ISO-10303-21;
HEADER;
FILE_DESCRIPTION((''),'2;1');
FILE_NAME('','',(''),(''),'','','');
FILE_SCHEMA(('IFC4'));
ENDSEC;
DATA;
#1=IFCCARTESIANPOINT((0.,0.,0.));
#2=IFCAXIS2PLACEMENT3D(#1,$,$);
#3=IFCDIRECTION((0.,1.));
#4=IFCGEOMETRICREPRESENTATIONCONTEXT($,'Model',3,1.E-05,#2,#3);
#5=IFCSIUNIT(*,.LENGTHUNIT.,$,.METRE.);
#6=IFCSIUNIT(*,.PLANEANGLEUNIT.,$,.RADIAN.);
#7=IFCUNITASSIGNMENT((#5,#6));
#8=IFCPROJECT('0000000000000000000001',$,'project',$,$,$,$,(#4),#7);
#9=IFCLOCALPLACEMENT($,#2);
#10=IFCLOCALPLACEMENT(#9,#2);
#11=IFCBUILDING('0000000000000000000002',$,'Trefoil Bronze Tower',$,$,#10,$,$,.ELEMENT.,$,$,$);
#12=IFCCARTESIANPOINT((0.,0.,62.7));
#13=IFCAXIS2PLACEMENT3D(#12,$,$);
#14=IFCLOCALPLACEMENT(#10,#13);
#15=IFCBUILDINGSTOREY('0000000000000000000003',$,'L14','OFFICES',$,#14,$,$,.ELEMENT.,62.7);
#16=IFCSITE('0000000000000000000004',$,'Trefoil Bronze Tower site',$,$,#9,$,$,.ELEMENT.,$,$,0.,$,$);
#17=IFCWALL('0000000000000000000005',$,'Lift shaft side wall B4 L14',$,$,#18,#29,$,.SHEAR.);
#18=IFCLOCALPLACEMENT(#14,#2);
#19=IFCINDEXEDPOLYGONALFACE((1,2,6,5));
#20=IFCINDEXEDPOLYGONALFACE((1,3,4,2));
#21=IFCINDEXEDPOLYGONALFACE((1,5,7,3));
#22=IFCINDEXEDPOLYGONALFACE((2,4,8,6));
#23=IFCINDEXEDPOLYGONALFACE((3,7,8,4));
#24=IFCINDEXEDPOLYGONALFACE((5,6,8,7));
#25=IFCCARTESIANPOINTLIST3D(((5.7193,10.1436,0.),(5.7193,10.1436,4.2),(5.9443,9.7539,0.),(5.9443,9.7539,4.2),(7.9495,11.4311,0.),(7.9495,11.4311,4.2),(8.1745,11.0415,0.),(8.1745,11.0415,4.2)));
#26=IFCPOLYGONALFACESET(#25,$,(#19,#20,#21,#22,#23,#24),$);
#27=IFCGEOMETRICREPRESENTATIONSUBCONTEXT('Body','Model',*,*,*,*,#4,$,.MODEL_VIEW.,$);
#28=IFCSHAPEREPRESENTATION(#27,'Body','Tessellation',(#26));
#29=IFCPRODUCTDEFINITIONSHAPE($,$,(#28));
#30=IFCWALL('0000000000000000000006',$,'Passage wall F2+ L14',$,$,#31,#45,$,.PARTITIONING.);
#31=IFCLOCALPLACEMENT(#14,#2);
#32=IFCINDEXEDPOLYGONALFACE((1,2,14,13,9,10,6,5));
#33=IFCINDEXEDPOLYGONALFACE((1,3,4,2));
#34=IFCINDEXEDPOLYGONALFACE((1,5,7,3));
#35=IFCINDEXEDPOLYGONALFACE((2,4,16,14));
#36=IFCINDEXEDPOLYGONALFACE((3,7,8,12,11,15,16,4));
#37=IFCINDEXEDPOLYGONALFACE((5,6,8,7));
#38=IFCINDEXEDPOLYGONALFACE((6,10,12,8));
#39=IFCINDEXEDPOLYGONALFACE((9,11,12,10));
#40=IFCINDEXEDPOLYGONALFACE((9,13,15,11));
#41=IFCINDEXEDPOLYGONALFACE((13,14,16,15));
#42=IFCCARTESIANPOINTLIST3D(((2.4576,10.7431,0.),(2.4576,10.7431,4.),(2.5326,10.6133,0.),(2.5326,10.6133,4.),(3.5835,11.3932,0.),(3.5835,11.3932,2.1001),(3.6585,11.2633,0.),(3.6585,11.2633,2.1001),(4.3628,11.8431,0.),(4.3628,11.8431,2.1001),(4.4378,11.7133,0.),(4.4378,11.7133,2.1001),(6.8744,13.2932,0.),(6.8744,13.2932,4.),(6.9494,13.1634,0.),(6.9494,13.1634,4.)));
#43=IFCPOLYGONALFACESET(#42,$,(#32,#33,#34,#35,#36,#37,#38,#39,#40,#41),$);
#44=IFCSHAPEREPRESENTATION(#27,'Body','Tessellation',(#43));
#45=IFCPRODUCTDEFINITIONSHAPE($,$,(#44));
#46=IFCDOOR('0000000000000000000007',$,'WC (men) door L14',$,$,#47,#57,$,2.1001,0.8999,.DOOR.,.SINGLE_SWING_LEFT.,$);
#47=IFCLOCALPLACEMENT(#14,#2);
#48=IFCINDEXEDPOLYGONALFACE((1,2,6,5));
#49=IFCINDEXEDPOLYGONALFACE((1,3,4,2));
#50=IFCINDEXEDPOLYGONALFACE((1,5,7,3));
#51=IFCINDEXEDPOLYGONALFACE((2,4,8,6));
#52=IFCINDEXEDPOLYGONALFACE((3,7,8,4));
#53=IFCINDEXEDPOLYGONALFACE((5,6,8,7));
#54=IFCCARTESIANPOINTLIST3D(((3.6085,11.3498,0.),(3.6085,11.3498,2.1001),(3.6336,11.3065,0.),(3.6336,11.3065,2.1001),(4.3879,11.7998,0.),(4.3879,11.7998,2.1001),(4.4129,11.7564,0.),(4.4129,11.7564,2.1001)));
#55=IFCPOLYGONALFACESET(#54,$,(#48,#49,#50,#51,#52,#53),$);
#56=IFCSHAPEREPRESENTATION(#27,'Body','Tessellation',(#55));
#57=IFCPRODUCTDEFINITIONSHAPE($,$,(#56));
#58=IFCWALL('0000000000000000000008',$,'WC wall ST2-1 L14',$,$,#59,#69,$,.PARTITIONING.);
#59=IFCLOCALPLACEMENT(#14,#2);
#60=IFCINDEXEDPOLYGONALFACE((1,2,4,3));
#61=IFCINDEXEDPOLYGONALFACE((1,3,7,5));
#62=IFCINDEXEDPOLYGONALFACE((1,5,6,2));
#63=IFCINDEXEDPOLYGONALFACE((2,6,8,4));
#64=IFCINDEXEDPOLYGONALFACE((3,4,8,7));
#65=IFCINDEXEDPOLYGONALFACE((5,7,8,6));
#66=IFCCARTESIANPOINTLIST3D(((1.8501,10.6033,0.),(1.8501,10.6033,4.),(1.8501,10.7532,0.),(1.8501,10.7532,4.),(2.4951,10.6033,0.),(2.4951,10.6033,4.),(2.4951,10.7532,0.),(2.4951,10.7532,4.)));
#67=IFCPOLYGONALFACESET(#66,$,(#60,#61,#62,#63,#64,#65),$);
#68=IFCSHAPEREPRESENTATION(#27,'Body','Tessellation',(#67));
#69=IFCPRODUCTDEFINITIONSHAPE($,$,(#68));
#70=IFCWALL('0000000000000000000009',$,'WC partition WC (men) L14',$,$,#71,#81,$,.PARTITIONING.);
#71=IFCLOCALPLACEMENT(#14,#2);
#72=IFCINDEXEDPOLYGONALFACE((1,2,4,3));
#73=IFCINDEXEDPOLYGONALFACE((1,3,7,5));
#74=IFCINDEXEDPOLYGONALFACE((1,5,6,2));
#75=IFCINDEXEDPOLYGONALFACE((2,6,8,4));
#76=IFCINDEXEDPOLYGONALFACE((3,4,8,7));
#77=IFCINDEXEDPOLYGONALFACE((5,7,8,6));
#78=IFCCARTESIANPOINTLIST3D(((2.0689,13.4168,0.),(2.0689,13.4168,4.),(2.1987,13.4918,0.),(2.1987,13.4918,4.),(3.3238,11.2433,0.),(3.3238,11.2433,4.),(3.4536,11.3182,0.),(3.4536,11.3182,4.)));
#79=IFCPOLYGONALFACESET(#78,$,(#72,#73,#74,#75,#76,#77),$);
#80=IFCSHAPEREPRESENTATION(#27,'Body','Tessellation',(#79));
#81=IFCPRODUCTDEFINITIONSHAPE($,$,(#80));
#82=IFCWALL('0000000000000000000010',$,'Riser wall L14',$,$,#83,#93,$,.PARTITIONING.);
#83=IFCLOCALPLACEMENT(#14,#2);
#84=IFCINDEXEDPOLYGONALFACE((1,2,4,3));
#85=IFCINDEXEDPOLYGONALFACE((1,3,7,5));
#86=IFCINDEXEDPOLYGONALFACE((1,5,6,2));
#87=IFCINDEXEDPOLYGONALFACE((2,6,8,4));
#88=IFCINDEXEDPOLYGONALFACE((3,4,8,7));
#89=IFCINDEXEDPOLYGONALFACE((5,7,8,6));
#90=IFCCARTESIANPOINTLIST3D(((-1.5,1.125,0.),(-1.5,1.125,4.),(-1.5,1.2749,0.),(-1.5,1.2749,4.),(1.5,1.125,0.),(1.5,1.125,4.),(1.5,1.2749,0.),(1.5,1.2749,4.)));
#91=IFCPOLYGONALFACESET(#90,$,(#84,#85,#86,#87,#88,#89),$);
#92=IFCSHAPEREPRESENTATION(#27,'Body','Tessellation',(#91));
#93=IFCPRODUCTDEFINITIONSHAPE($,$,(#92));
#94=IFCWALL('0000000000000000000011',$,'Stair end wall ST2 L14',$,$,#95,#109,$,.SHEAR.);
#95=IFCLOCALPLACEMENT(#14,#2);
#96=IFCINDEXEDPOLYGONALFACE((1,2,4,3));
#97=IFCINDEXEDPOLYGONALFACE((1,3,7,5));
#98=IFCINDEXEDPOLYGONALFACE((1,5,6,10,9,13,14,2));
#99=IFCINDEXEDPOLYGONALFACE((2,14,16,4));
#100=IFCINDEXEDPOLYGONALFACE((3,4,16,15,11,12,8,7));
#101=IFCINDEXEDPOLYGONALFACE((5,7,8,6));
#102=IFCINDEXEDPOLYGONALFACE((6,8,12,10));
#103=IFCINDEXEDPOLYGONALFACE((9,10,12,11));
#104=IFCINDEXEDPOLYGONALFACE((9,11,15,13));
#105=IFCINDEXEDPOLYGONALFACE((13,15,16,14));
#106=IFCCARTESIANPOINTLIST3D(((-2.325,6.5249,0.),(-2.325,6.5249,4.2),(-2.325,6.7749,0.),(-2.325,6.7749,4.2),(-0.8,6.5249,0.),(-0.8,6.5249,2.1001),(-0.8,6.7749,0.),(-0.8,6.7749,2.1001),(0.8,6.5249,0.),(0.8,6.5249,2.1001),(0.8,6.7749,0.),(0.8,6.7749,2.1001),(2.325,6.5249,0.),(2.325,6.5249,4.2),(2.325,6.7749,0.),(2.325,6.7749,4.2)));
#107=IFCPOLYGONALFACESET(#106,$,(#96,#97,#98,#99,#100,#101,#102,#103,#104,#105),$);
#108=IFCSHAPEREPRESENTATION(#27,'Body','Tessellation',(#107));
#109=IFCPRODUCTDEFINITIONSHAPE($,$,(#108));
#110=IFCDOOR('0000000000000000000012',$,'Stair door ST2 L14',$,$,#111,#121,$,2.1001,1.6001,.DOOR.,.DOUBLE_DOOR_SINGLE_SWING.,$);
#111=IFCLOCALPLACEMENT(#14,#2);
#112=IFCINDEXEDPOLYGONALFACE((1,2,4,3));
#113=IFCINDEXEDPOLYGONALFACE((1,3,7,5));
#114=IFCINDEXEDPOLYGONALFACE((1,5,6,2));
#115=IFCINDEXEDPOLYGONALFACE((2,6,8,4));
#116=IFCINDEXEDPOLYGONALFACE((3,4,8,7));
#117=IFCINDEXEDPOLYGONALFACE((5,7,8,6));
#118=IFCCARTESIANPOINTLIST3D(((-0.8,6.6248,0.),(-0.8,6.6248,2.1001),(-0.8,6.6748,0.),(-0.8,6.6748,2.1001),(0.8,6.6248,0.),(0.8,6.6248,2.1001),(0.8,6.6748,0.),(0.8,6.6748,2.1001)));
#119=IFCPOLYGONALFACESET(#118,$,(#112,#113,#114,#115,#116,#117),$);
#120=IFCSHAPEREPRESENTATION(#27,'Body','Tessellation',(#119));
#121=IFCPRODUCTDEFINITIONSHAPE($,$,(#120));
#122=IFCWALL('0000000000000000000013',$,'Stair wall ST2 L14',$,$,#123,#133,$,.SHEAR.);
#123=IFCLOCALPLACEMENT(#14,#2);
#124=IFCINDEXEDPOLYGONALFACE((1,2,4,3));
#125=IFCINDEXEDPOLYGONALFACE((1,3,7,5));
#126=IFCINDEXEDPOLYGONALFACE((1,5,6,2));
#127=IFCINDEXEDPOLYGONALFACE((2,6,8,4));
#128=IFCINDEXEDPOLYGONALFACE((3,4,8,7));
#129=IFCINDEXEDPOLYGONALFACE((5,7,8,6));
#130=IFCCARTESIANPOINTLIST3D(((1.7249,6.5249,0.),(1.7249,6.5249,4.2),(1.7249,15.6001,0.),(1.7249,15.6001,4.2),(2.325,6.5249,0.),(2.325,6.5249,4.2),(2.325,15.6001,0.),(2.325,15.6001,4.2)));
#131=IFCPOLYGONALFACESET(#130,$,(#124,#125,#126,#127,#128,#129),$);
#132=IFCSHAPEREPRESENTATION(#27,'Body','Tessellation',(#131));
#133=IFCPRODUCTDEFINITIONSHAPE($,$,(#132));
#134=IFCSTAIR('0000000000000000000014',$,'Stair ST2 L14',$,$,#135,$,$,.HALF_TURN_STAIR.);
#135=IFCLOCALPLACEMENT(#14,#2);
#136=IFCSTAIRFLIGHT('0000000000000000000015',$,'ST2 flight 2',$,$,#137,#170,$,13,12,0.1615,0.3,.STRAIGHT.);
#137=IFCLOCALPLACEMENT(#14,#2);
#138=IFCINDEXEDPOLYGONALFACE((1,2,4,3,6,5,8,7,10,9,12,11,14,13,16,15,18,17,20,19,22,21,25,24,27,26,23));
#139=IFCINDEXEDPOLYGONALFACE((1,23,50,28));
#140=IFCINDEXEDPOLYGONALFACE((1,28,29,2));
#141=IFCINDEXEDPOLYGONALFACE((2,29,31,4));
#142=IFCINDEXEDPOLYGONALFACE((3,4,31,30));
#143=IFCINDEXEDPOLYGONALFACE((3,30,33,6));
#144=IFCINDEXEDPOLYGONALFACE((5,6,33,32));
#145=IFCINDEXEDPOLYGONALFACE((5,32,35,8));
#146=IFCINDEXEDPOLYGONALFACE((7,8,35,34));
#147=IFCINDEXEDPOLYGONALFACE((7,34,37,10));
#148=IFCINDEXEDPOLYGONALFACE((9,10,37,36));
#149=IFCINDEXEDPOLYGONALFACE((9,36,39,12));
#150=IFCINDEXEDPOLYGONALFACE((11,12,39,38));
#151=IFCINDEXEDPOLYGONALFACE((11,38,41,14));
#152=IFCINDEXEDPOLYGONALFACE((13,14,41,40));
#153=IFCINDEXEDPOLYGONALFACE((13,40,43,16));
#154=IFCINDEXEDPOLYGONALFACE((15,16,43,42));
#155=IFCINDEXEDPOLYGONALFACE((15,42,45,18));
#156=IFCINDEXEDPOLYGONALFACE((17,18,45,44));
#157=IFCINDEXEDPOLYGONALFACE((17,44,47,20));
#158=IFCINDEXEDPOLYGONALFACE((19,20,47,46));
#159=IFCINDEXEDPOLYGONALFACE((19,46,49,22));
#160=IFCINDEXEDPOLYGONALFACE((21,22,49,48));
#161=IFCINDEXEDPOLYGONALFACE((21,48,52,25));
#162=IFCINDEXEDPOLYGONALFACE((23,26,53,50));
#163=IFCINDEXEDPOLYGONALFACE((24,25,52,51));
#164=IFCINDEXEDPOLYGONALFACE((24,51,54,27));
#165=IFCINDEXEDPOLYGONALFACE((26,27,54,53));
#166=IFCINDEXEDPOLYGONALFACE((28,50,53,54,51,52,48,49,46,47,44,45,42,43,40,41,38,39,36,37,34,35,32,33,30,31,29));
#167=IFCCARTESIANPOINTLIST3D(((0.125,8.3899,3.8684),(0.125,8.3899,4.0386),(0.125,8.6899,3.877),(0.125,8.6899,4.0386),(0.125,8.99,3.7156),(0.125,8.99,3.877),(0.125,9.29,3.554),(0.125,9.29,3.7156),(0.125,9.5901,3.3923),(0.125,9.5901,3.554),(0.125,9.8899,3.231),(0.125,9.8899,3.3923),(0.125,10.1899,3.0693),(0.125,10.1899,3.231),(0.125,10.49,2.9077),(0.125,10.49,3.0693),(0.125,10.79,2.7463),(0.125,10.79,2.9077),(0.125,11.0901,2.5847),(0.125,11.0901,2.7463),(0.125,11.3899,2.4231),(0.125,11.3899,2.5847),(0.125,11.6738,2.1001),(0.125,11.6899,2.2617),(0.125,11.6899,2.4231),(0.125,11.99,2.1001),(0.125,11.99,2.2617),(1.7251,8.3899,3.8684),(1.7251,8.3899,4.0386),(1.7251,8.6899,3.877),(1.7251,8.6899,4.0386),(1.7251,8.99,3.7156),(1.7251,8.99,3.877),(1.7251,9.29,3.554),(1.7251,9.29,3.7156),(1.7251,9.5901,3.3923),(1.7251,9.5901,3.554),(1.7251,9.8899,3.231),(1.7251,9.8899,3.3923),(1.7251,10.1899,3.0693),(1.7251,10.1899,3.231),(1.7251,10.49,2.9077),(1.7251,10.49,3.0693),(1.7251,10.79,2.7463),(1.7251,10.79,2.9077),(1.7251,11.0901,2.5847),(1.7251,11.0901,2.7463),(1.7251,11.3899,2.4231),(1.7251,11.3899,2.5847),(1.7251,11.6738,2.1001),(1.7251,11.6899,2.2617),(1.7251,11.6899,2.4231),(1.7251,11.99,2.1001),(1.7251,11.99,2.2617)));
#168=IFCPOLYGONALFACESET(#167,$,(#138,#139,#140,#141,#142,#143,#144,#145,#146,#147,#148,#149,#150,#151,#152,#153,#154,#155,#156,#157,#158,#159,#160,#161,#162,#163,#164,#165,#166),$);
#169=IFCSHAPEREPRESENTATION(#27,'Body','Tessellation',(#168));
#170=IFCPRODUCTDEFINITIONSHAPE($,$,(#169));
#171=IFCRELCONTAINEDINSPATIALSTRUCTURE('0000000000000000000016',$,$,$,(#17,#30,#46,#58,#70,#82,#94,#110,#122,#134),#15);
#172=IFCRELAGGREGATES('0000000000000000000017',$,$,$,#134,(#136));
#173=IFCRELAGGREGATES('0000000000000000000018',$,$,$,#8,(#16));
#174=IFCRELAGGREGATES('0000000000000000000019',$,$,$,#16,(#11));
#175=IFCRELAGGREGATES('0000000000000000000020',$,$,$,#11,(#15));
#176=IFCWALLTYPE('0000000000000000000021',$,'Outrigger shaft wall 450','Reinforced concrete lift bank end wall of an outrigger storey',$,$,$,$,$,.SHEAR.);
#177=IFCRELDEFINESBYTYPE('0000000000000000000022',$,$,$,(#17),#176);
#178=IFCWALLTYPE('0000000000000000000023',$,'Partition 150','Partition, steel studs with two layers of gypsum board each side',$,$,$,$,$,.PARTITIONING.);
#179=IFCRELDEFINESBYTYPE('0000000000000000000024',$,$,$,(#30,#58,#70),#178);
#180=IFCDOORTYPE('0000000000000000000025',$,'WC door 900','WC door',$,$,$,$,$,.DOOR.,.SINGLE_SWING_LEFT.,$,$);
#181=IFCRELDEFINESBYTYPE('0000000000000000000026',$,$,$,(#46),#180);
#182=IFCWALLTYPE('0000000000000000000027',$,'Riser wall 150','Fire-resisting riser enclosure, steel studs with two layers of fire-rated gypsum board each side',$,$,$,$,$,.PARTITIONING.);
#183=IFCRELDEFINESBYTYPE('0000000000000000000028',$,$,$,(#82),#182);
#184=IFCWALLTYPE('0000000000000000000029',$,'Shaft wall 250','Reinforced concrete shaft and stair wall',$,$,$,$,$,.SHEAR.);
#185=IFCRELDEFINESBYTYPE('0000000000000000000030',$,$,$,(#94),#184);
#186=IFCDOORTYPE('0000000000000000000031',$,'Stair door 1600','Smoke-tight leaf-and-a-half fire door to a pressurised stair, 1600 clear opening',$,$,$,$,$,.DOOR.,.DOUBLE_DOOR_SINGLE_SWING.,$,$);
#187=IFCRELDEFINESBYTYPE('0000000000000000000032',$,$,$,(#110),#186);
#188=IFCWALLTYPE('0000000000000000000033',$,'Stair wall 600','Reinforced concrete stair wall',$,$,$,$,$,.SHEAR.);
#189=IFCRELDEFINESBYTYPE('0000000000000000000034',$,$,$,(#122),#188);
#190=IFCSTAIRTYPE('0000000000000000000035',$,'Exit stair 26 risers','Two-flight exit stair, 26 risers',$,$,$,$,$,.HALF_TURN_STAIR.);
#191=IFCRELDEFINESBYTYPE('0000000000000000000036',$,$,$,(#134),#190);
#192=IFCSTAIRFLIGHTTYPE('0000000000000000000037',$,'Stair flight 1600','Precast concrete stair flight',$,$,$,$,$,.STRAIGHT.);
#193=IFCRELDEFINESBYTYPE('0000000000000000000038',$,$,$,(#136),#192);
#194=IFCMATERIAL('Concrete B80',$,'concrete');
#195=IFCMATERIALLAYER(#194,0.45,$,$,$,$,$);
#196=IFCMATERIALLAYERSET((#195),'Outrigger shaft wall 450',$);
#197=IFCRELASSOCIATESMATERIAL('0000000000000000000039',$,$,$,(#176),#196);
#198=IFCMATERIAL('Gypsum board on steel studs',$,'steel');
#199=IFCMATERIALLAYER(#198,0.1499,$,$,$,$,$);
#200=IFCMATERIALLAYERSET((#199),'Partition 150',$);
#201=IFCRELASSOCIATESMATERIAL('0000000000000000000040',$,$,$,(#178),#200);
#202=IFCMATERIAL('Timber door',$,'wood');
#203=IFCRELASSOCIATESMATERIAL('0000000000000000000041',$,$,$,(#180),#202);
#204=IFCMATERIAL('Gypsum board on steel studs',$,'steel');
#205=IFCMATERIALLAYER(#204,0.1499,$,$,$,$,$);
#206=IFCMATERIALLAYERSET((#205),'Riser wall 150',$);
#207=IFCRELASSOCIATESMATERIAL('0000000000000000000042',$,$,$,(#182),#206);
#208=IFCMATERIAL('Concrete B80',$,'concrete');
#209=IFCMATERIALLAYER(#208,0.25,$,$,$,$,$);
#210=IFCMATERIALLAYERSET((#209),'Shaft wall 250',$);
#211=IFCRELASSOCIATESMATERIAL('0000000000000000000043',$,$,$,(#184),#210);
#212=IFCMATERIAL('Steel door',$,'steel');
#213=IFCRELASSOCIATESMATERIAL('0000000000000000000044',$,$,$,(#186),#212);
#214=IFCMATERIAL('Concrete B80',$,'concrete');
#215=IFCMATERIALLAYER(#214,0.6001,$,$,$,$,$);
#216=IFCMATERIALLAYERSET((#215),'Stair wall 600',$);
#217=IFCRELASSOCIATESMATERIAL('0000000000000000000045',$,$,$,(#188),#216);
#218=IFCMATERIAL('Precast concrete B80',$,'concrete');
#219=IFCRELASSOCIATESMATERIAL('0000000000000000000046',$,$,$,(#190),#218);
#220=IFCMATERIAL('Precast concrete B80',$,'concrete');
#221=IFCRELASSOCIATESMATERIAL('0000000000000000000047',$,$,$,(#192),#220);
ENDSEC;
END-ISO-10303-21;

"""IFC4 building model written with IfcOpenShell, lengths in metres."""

from ifc_helpers import new_model, si_unit, direction, frame, frame_2d, origin, place, context, subcontext, project, spatial, polyline, rectangle, outline, extrude, material, layer, layer_set, type_object, element, fill, aggregate, save


model = new_model("IFC4")

# Units and contexts
model_context = context("Model", 3, precision=1e-05, world=origin(), true_north=direction((0.0, 1.0)))
body_context = subcontext(model_context, "Body", "Model", "MODEL_VIEW")
ifc_project = project(units=[si_unit("LENGTHUNIT", "METRE"), si_unit("PLANEANGLEUNIT", "RADIAN")], contexts=[model_context])

# Site, building, storey
site_placement = place(None, origin())
site = spatial("IfcSite", under=ifc_project, at=site_placement, Name="Trefoil Bronze Tower site", CompositionType="ELEMENT", RefElevation=0.0)
building_placement = place(site_placement, origin())
building = spatial("IfcBuilding", under=site, at=building_placement, Name="Trefoil Bronze Tower", CompositionType="ELEMENT")
storey_placement = place(building_placement, frame((0.0, 0.0, 62.7)))
storey = spatial("IfcBuildingStorey", under=building, at=storey_placement, Name="L14", Description="OFFICES", CompositionType="ELEMENT", Elevation=62.7)

# Wall
ifc_material_1 = material(Name="Concrete B80", Category="concrete")
ifc_layer_1 = layer(ifc_material_1, 0.45)
ifc_layer_set_1 = layer_set([ifc_layer_1], Name="Outrigger shaft wall 450")
wall_type_1 = type_object("IfcWallType", Name="Outrigger shaft wall 450", Description="Reinforced concrete lift bank end wall of an outrigger storey", PredefinedType="SHEAR", material=ifc_layer_set_1)
wall_1_placement = place(storey_placement, frame((5.8318, 9.9487, 0.0), z_axis=(0.0, 0.0, 1.0), x_axis=(0.866029, 0.499993, 0.0)))
element("IfcWall", 1, at=wall_1_placement, inside=storey, type_object=wall_type_1, Name="Lift shaft side wall B4 L14", PredefinedType="SHEAR", context=body_context, shape_type="SweptSolid", body=[
    extrude(rectangle(XDim=2.5752, YDim=0.45, at=frame_2d((1.2876, 0.0))), origin(), (0.0, 0.0, 1.0), 4.2),
])

# Wall, opening, door
ifc_material_2 = material(Name="Gypsum board on steel studs", Category="steel")
ifc_layer_2 = layer(ifc_material_2, 0.1499)
ifc_layer_set_2 = layer_set([ifc_layer_2], Name="Partition 150")
wall_type_2 = type_object("IfcWallType", Name="Partition 150", Description="Partition, steel studs with two layers of gypsum board each side", PredefinedType="PARTITIONING", material=ifc_layer_set_2)
wall_2_placement = place(storey_placement, frame((2.4951, 10.6782, 0.0), z_axis=(0.0, 0.0, 1.0), x_axis=(0.866022, 0.500006, 0.0)))
wall_2 = element("IfcWall", 2, at=wall_2_placement, inside=storey, type_object=wall_type_2, Name="Passage wall F2+ L14", PredefinedType="PARTITIONING", context=body_context, shape_type="SweptSolid", body=[
    extrude(rectangle(XDim=5.1001, YDim=0.1499, at=frame_2d((2.55, 0.0))), origin(), (0.0, 0.0, 1.0), 4.0),
])
opening_1_placement = place(wall_2_placement, frame((1.3, 0.0, 0.0)))
opening_1 = element("IfcOpeningElement", 3, at=opening_1_placement, cuts=wall_2, PredefinedType="OPENING", context=body_context, shape_type="SweptSolid", body=[
    extrude(rectangle(XDim=0.8999, YDim=2.1001, at=frame_2d((0.45, 1.05))), frame((0.0, 0.085, 0.0), z_axis=(0.0, -1.0, 0.0), x_axis=(1.0, 0.0, 0.0)), (0.0, 0.0, 1.0), 0.1699),
])
ifc_material_3 = material(Name="Timber door", Category="wood")
door_type_1 = type_object("IfcDoorType", Name="WC door 900", Description="WC door", OperationType="SINGLE_SWING_LEFT", PredefinedType="DOOR", material=ifc_material_3)
door_1_placement = place(opening_1_placement, origin())
door_1 = element("IfcDoor", 4, at=door_1_placement, inside=storey, type_object=door_type_1, Name="WC (men) door L14", OperationType="SINGLE_SWING_LEFT", OverallHeight=2.1001, OverallWidth=0.8999, PredefinedType="DOOR", context=body_context, shape_type="SweptSolid", body=[
    extrude(rectangle(XDim=0.8999, YDim=2.1001, at=frame_2d((0.45, 1.05))), frame((0.0, 0.0249, 0.0), z_axis=(0.0, -1.0, 0.0), x_axis=(1.0, 0.0, 0.0)), (0.0, 0.0, 1.0), 0.05),
])
fill(opening_1, door_1)

# Walls
wall_3_placement = place(storey_placement, frame((2.4951, 10.6782, 0.0), z_axis=(0.0, 0.0, 1.0), x_axis=(-1.0, 0.0, 0.0)))
element("IfcWall", 5, at=wall_3_placement, inside=storey, type_object=wall_type_2, Name="WC wall ST2-1 L14", PredefinedType="PARTITIONING", context=body_context, shape_type="SweptSolid", body=[
    extrude(rectangle(XDim=0.645, YDim=0.1499, at=frame_2d((0.3225, 0.0))), origin(), (0.0, 0.0, 1.0), 4.0),
])
wall_4_placement = place(storey_placement, frame((3.3887, 11.2808, 0.0), z_axis=(0.0, 0.0, 1.0), x_axis=(-0.499989, 0.866032, 0.0)))
element("IfcWall", 6, at=wall_4_placement, inside=storey, type_object=wall_type_2, Name="WC partition WC (men) L14", PredefinedType="PARTITIONING", context=body_context, shape_type="SweptSolid", body=[
    extrude(rectangle(XDim=2.5098, YDim=0.1499, at=frame_2d((1.2549, 0.0))), origin(), (0.0, 0.0, 1.0), 4.0),
])
ifc_material_4 = material(Name="Gypsum board on steel studs", Category="steel")
ifc_layer_3 = layer(ifc_material_4, 0.1499)
ifc_layer_set_3 = layer_set([ifc_layer_3], Name="Riser wall 150")
wall_type_3 = type_object("IfcWallType", Name="Riser wall 150", Description="Fire-resisting riser enclosure, steel studs with two layers of fire-rated gypsum board each side", PredefinedType="PARTITIONING", material=ifc_layer_set_3)
wall_5_placement = place(storey_placement, frame((1.5, 1.2, 0.0), z_axis=(0.0, 0.0, 1.0), x_axis=(-1.0, 0.0, 0.0)))
element("IfcWall", 7, at=wall_5_placement, inside=storey, type_object=wall_type_3, Name="Riser wall L14", PredefinedType="PARTITIONING", context=body_context, shape_type="SweptSolid", body=[
    extrude(rectangle(XDim=3.0, YDim=0.1499, at=frame_2d((1.5, 0.0))), origin(), (0.0, 0.0, 1.0), 4.0),
])

# Wall, opening, door
ifc_material_5 = material(Name="Concrete B80", Category="concrete")
ifc_layer_4 = layer(ifc_material_5, 0.25)
ifc_layer_set_4 = layer_set([ifc_layer_4], Name="Shaft wall 250")
wall_type_4 = type_object("IfcWallType", Name="Shaft wall 250", Description="Reinforced concrete shaft and stair wall", PredefinedType="SHEAR", material=ifc_layer_set_4)
wall_6_placement = place(storey_placement, frame((2.325, 6.6499, 0.0), z_axis=(0.0, 0.0, 1.0), x_axis=(-1.0, 0.0, 0.0)))
wall_6 = element("IfcWall", 8, at=wall_6_placement, inside=storey, type_object=wall_type_4, Name="Stair end wall ST2 L14", PredefinedType="SHEAR", context=body_context, shape_type="SweptSolid", body=[
    extrude(rectangle(XDim=4.6499, YDim=0.25, at=frame_2d((2.325, 0.0))), origin(), (0.0, 0.0, 1.0), 4.2),
])
opening_2_placement = place(wall_6_placement, frame((1.5249, 0.0, 0.0)))
opening_2 = element("IfcOpeningElement", 9, at=opening_2_placement, cuts=wall_6, PredefinedType="OPENING", context=body_context, shape_type="SweptSolid", body=[
    extrude(rectangle(XDim=1.6001, YDim=2.1001, at=frame_2d((0.8, 1.05))), frame((0.0, 0.135, 0.0), z_axis=(0.0, -1.0, 0.0), x_axis=(1.0, 0.0, 0.0)), (0.0, 0.0, 1.0), 0.27),
])
ifc_material_6 = material(Name="Steel door", Category="steel")
door_type_2 = type_object("IfcDoorType", Name="Stair door 1600", Description="Smoke-tight leaf-and-a-half fire door to a pressurised stair, 1600 clear opening", OperationType="DOUBLE_DOOR_SINGLE_SWING", PredefinedType="DOOR", material=ifc_material_6)
door_2_placement = place(opening_2_placement, frame((1.6001, 0.0, 0.0), z_axis=(0.0, 0.0, 1.0), x_axis=(-1.0, 0.0, 0.0)))
door_2 = element("IfcDoor", 10, at=door_2_placement, inside=storey, type_object=door_type_2, Name="Stair door ST2 L14", OperationType="DOUBLE_DOOR_SINGLE_SWING", OverallHeight=2.1001, OverallWidth=1.6001, PredefinedType="DOOR", context=body_context, shape_type="SweptSolid", body=[
    extrude(rectangle(XDim=1.6001, YDim=2.1001, at=frame_2d((0.8, 1.05))), frame((0.0, 0.0249, 0.0), z_axis=(0.0, -1.0, 0.0), x_axis=(1.0, 0.0, 0.0)), (0.0, 0.0, 1.0), 0.05),
])
fill(opening_2, door_2)

# Wall
ifc_material_7 = material(Name="Concrete B80", Category="concrete")
ifc_layer_5 = layer(ifc_material_7, 0.6001)
ifc_layer_set_5 = layer_set([ifc_layer_5], Name="Stair wall 600")
wall_type_5 = type_object("IfcWallType", Name="Stair wall 600", Description="Reinforced concrete stair wall", PredefinedType="SHEAR", material=ifc_layer_set_5)
wall_7_placement = place(storey_placement, frame((2.0249, 6.5249, 0.0), z_axis=(0.0, 0.0, 1.0), x_axis=(0.0, 1.0, 0.0)))
element("IfcWall", 11, at=wall_7_placement, inside=storey, type_object=wall_type_5, Name="Stair wall ST2 L14", PredefinedType="SHEAR", context=body_context, shape_type="SweptSolid", body=[
    extrude(rectangle(XDim=9.0752, YDim=0.6001, at=frame_2d((4.5376, 0.0))), origin(), (0.0, 0.0, 1.0), 4.2),
])

# Stair, stair flight
ifc_material_8 = material(Name="Precast concrete B80", Category="concrete")
stair_type = type_object("IfcStairType", Name="Exit stair 26 risers", Description="Two-flight exit stair, 26 risers", PredefinedType="HALF_TURN_STAIR", material=ifc_material_8)
stair_placement = place(storey_placement, origin())
stair = element("IfcStair", 12, at=stair_placement, inside=storey, type_object=stair_type, Name="Stair ST2 L14", PredefinedType="HALF_TURN_STAIR")
ifc_material_9 = material(Name="Precast concrete B80", Category="concrete")
stair_flight_type = type_object("IfcStairFlightType", Name="Stair flight 1600", Description="Precast concrete stair flight", PredefinedType="STRAIGHT", material=ifc_material_9)
stair_flight_placement = place(storey_placement, frame((0.925, 11.99, 2.1001), z_axis=(0.0, 0.0, 1.0), x_axis=(0.0, -1.0, 0.0)))
stair_flight = element("IfcStairFlight", 13, at=stair_flight_placement, type_object=stair_flight_type, Name="ST2 flight 2", NumberOfRisers=13, NumberOfTreads=12, PredefinedType="STRAIGHT", RiserHeight=0.1615, TreadLength=0.3, context=body_context, shape_type="SweptSolid", body=[
    extrude(outline(polyline([(0.0, 0.0), (0.0, 0.1616), (0.3, 0.1616), (0.3, 0.323), (0.6001, 0.323), (0.6001, 0.4846), (0.8999, 0.4846), (0.8999, 0.6462), (1.2, 0.6462), (1.2, 0.8076), (1.5, 0.8076), (1.5, 0.9692), (1.8, 0.9692), (1.8, 1.1309), (2.1001, 1.1309), (2.1001, 1.2922), (2.3999, 1.2922), (2.3999, 1.4539), (2.7, 1.4539), (2.7, 1.6155), (3.0, 1.6155), (3.0, 1.7769), (3.3, 1.7769), (3.3, 1.9385), (3.6001, 1.9385), (3.6001, 2.1001), (3.6001, 1.7683), (0.3162, 0.0), (0.0, 0.0)])), frame((0.0, 0.8, 0.0), z_axis=(0.0, -1.0, 0.0), x_axis=(1.0, 0.0, 0.0)), (0.0, 0.0, 1.0), 1.6001),
])
aggregate(stair, [stair_flight])

save(model, "model.ifc")
